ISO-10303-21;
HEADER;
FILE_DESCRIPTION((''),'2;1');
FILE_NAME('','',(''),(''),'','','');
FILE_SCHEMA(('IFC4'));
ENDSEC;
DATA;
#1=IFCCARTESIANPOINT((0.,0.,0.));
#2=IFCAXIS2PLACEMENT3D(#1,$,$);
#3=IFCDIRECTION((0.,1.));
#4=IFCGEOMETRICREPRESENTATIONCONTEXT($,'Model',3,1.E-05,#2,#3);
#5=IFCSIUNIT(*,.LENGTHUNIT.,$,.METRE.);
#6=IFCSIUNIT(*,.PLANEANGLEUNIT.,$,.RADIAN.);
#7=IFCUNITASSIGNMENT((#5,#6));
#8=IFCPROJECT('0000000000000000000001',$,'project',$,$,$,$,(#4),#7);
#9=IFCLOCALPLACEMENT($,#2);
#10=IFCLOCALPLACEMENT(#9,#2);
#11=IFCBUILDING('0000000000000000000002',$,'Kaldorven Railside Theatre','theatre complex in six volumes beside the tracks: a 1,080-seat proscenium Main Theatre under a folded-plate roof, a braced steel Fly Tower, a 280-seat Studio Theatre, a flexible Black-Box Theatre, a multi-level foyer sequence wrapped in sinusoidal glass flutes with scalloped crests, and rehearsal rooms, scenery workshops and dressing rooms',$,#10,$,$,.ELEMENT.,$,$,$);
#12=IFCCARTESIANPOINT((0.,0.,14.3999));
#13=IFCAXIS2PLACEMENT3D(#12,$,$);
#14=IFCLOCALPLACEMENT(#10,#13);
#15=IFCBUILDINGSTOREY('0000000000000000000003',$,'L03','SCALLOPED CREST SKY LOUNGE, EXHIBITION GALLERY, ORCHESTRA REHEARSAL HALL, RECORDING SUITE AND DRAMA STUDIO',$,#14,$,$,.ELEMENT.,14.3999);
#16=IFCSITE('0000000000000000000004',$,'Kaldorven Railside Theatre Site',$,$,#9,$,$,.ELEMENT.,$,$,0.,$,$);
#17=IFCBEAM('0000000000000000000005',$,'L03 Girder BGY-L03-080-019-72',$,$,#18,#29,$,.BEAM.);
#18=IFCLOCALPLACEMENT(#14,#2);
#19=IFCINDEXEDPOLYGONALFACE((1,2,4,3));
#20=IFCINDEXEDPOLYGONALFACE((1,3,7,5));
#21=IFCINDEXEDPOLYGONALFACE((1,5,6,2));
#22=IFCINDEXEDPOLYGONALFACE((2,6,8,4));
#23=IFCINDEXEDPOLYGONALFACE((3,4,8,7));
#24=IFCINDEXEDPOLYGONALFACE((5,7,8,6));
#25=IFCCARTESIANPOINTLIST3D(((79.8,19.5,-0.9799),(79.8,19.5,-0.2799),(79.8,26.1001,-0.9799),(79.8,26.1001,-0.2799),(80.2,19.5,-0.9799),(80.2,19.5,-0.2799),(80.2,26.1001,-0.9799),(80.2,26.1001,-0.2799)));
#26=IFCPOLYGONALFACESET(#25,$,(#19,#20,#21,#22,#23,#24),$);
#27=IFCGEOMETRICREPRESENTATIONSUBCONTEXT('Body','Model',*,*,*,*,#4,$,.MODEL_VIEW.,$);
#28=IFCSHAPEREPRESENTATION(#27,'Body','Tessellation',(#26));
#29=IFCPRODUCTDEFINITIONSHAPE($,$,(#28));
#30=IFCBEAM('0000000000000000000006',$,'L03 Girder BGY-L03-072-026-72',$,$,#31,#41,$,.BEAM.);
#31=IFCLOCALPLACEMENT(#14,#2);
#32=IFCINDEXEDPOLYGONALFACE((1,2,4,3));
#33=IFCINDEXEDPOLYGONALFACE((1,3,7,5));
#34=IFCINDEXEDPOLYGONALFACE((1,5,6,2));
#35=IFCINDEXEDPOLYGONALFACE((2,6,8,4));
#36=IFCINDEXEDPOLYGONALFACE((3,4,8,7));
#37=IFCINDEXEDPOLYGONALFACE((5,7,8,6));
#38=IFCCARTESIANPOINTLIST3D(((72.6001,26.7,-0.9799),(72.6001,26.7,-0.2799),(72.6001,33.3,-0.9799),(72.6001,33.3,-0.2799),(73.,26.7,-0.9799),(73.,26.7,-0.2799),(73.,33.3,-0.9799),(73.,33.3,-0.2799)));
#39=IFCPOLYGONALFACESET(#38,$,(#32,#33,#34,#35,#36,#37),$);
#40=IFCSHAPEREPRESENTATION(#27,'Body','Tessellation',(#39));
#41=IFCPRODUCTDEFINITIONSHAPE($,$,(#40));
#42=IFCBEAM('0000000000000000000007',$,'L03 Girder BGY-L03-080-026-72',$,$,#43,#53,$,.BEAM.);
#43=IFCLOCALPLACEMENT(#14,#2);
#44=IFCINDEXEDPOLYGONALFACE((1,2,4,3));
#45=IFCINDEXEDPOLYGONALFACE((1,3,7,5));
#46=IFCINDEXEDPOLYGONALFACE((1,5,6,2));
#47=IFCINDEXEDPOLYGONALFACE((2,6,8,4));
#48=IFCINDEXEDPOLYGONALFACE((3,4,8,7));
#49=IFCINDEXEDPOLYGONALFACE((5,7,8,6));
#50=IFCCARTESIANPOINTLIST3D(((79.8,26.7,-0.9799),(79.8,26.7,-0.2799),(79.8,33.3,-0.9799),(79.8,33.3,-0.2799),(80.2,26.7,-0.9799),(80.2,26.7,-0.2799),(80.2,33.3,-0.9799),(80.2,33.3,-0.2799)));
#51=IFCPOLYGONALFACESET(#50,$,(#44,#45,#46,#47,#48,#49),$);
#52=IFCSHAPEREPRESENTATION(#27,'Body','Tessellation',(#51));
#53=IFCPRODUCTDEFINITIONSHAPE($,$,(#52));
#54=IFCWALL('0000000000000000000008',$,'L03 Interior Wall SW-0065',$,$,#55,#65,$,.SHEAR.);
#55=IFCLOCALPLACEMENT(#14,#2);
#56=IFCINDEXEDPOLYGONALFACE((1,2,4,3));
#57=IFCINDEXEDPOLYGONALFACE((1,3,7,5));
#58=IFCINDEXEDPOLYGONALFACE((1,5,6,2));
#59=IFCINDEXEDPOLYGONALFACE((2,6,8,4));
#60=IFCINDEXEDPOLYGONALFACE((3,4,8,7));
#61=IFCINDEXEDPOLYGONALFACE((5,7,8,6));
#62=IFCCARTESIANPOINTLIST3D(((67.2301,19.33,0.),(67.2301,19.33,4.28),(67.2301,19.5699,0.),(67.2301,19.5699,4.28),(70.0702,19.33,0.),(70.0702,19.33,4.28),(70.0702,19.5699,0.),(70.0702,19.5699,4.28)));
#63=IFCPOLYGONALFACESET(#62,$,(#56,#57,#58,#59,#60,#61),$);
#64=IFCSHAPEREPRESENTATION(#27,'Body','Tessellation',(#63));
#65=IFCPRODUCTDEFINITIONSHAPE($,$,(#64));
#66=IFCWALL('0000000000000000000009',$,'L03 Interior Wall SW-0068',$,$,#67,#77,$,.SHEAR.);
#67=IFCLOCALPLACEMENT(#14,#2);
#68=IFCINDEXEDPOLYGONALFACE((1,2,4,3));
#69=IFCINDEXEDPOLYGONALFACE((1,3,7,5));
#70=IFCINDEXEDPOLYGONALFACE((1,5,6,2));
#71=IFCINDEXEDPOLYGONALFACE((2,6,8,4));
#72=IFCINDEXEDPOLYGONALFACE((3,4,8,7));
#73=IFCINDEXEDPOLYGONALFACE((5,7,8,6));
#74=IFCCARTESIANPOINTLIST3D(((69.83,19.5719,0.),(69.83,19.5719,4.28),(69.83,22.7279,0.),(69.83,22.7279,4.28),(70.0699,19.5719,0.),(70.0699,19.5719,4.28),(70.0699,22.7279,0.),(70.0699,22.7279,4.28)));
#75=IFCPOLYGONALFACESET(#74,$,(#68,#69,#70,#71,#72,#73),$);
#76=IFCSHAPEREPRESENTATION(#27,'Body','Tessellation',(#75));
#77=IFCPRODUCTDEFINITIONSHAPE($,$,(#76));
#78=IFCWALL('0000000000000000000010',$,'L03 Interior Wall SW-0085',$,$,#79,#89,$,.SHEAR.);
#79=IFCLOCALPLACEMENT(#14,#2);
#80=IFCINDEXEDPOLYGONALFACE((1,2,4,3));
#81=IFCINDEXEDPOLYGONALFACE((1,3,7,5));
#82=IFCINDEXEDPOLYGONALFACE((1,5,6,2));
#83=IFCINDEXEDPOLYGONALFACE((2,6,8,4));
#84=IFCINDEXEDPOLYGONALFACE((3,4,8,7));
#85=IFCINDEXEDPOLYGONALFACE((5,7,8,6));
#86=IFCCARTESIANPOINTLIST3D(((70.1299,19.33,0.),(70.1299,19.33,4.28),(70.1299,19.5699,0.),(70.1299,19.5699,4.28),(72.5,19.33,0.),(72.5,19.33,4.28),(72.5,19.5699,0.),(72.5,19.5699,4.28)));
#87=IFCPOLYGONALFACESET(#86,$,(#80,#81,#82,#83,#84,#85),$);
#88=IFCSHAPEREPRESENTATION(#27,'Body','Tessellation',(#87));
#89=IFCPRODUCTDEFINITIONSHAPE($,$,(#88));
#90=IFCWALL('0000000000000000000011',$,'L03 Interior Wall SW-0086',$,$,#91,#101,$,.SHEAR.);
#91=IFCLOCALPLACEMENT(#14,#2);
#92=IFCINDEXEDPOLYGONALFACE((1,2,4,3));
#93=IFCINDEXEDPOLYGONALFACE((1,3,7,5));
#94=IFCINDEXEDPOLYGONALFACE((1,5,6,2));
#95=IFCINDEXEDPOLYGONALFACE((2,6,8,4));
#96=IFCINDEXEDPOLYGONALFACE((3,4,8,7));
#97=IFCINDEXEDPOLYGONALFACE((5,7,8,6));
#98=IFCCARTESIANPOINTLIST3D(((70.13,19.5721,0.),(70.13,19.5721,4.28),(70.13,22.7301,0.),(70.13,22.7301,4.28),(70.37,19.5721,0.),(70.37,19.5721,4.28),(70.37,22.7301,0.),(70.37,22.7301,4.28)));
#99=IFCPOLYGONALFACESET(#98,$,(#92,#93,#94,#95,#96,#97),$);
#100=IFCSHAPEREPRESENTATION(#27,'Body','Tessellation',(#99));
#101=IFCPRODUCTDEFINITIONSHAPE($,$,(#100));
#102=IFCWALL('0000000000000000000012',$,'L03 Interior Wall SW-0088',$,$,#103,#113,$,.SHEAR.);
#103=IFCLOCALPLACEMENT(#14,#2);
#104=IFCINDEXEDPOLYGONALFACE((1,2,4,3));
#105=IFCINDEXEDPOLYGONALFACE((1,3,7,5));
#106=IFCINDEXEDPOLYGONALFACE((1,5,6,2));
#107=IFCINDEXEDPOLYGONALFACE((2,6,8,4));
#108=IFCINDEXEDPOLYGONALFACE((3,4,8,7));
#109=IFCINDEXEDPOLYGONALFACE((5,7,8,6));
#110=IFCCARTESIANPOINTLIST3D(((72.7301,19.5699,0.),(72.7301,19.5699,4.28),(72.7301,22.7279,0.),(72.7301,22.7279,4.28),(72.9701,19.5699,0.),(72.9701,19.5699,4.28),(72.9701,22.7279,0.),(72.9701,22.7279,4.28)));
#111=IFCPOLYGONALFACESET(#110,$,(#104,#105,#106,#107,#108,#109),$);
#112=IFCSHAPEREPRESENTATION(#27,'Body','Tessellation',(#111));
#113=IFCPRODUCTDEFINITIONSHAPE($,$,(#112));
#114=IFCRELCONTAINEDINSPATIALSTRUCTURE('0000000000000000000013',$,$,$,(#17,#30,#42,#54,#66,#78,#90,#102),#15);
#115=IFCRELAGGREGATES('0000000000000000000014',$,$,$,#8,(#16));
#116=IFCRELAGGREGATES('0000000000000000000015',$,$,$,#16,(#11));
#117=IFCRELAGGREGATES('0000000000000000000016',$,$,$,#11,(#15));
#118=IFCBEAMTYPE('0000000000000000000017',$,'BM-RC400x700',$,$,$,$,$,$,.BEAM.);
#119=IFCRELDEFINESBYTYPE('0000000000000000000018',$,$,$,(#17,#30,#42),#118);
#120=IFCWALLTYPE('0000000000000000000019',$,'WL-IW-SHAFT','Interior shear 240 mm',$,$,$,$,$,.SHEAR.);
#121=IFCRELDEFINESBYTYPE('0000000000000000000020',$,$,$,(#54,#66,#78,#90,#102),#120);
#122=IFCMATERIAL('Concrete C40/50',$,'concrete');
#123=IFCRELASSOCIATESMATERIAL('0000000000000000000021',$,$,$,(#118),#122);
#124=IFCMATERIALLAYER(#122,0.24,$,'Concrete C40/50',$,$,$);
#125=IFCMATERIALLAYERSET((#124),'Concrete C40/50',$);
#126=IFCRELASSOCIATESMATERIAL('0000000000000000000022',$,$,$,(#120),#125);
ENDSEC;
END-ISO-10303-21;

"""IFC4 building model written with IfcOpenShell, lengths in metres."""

from ifc_helpers import new_model, si_unit, direction, frame, frame_2d, origin, origin_2d, place, context, subcontext, project, spatial, rectangle, extrude, material, layer, layer_set, material_profile, profile_set, type_object, element, save


model = new_model("IFC4")

# Units and contexts
model_context = context("Model", 3, precision=1e-05, world=origin(), true_north=direction((0.0, 1.0)))
body_context = subcontext(model_context, "Body", "Model", "MODEL_VIEW")
ifc_project = project(units=[si_unit("LENGTHUNIT", "METRE"), si_unit("PLANEANGLEUNIT", "RADIAN")], contexts=[model_context])

# Site, building, storey
site_placement = place(None, origin())
site = spatial("IfcSite", under=ifc_project, at=site_placement, Name="Kaldorven Railside Theatre Site", CompositionType="ELEMENT", RefElevation=0.0)
building_placement = place(site_placement, origin())
building = spatial("IfcBuilding", under=site, at=building_placement, Name="Kaldorven Railside Theatre", Description="theatre complex in six volumes beside the tracks: a 1,080-seat proscenium Main Theatre under a folded-plate roof, a braced steel Fly Tower, a 280-seat Studio Theatre, a flexible Black-Box Theatre, a multi-level foyer sequence wrapped in sinusoidal glass flutes with scalloped crests, and rehearsal rooms, scenery workshops and dressing rooms", CompositionType="ELEMENT")
storey_placement = place(building_placement, frame((0.0, 0.0, 14.3999)))
storey = spatial("IfcBuildingStorey", under=building, at=storey_placement, Name="L03", Description="SCALLOPED CREST SKY LOUNGE, EXHIBITION GALLERY, ORCHESTRA REHEARSAL HALL, RECORDING SUITE AND DRAMA STUDIO", CompositionType="ELEMENT", Elevation=14.3999)

# Shared definitions
ifc_material_1 = material(Name="Concrete C40/50", Category="concrete")

# Beams
ifc_material_profile_1 = material_profile(ifc_material_1, rectangle(XDim=0.3999, YDim=0.7, at=origin_2d()), Name="RC 400x700")
ifc_profile_set_1 = profile_set([ifc_material_profile_1], Name="Concrete C40/50")
beam_type_1 = type_object("IfcBeamType", Name="BM-RC400x700", PredefinedType="BEAM", material=ifc_profile_set_1)
for number, where, z_axis, x_axis, name in (
    (1, (80.0, 19.5, -0.6299), (0.0, 1.0, 0.0), (-1.0, 0.0, 0.0), "L03 Girder BGY-L03-080-019-72"),
    (2, (72.8, 26.7, -0.6299), (0.0, 1.0, 0.0), (-1.0, 0.0, 0.0), "L03 Girder BGY-L03-072-026-72"),
    (3, (80.0, 26.7, -0.6299), (0.0, 1.0, 0.0), (-1.0, 0.0, 0.0), "L03 Girder BGY-L03-080-026-72"),
):
    element("IfcBeam", number, at=place(storey_placement, frame(where, z_axis=z_axis, x_axis=x_axis)), inside=storey, type_object=beam_type_1, Name=name, PredefinedType="BEAM", context=body_context, shape_type="SweptSolid", body=[
        extrude(rectangle(XDim=0.3999, YDim=0.7, at=origin_2d()), origin(), (0.0, 0.0, 1.0), 6.6001),
    ])

# Walls
ifc_layer = layer(ifc_material_1, 0.24, Name="Concrete C40/50")
ifc_layer_set = layer_set([ifc_layer], Name="Concrete C40/50")
wall_type = type_object("IfcWallType", Name="WL-IW-SHAFT", Description="Interior shear 240 mm", PredefinedType="SHEAR", material=ifc_layer_set)
wall_1_placement = place(storey_placement, frame((70.0701, 19.45, 0.0), z_axis=(0.0, 0.0, 1.0), x_axis=(-1.0, 0.0, 0.0)))
element("IfcWall", 4, at=wall_1_placement, inside=storey, type_object=wall_type, Name="L03 Interior Wall SW-0065", PredefinedType="SHEAR", context=body_context, shape_type="SweptSolid", body=[
    extrude(rectangle(XDim=2.8401, YDim=0.24, at=frame_2d((1.4199, 0.0))), origin(), (0.0, 0.0, 1.0), 4.28),
])
wall_2_placement = place(storey_placement, frame((69.95, 22.728, 0.0), z_axis=(0.0, 0.0, 1.0), x_axis=(0.0, -1.0, 0.0)))
element("IfcWall", 5, at=wall_2_placement, inside=storey, type_object=wall_type, Name="L03 Interior Wall SW-0068", PredefinedType="SHEAR", context=body_context, shape_type="SweptSolid", body=[
    extrude(rectangle(XDim=3.156, YDim=0.24, at=frame_2d((1.5781, 0.0))), origin(), (0.0, 0.0, 1.0), 4.28),
])
wall_3_placement = place(storey_placement, frame((72.5, 19.45, 0.0), z_axis=(0.0, 0.0, 1.0), x_axis=(-1.0, 0.0, 0.0)))
element("IfcWall", 6, at=wall_3_placement, inside=storey, type_object=wall_type, Name="L03 Interior Wall SW-0085", PredefinedType="SHEAR", context=body_context, shape_type="SweptSolid", body=[
    extrude(rectangle(XDim=2.3701, YDim=0.24, at=frame_2d((1.1851, 0.0))), origin(), (0.0, 0.0, 1.0), 4.28),
])
wall_4_placement = place(storey_placement, frame((70.25, 19.572, 0.0), z_axis=(0.0, 0.0, 1.0), x_axis=(0.0, 1.0, 0.0)))
element("IfcWall", 7, at=wall_4_placement, inside=storey, type_object=wall_type, Name="L03 Interior Wall SW-0086", PredefinedType="SHEAR", context=body_context, shape_type="SweptSolid", body=[
    extrude(rectangle(XDim=3.158, YDim=0.24, at=frame_2d((1.5791, 0.0))), origin(), (0.0, 0.0, 1.0), 4.28),
])

# Wall
wall_5_placement = place(storey_placement, frame((72.8501, 22.728, 0.0), z_axis=(0.0, 0.0, 1.0), x_axis=(0.0, -1.0, 0.0)))
element("IfcWall", 8, at=wall_5_placement, inside=storey, type_object=wall_type, Name="L03 Interior Wall SW-0088", PredefinedType="SHEAR", context=body_context, shape_type="SweptSolid", body=[
    extrude(rectangle(XDim=3.158, YDim=0.24, at=frame_2d((1.5791, 0.0))), origin(), (0.0, 0.0, 1.0), 4.28),
])

save(model, "model.ifc")
